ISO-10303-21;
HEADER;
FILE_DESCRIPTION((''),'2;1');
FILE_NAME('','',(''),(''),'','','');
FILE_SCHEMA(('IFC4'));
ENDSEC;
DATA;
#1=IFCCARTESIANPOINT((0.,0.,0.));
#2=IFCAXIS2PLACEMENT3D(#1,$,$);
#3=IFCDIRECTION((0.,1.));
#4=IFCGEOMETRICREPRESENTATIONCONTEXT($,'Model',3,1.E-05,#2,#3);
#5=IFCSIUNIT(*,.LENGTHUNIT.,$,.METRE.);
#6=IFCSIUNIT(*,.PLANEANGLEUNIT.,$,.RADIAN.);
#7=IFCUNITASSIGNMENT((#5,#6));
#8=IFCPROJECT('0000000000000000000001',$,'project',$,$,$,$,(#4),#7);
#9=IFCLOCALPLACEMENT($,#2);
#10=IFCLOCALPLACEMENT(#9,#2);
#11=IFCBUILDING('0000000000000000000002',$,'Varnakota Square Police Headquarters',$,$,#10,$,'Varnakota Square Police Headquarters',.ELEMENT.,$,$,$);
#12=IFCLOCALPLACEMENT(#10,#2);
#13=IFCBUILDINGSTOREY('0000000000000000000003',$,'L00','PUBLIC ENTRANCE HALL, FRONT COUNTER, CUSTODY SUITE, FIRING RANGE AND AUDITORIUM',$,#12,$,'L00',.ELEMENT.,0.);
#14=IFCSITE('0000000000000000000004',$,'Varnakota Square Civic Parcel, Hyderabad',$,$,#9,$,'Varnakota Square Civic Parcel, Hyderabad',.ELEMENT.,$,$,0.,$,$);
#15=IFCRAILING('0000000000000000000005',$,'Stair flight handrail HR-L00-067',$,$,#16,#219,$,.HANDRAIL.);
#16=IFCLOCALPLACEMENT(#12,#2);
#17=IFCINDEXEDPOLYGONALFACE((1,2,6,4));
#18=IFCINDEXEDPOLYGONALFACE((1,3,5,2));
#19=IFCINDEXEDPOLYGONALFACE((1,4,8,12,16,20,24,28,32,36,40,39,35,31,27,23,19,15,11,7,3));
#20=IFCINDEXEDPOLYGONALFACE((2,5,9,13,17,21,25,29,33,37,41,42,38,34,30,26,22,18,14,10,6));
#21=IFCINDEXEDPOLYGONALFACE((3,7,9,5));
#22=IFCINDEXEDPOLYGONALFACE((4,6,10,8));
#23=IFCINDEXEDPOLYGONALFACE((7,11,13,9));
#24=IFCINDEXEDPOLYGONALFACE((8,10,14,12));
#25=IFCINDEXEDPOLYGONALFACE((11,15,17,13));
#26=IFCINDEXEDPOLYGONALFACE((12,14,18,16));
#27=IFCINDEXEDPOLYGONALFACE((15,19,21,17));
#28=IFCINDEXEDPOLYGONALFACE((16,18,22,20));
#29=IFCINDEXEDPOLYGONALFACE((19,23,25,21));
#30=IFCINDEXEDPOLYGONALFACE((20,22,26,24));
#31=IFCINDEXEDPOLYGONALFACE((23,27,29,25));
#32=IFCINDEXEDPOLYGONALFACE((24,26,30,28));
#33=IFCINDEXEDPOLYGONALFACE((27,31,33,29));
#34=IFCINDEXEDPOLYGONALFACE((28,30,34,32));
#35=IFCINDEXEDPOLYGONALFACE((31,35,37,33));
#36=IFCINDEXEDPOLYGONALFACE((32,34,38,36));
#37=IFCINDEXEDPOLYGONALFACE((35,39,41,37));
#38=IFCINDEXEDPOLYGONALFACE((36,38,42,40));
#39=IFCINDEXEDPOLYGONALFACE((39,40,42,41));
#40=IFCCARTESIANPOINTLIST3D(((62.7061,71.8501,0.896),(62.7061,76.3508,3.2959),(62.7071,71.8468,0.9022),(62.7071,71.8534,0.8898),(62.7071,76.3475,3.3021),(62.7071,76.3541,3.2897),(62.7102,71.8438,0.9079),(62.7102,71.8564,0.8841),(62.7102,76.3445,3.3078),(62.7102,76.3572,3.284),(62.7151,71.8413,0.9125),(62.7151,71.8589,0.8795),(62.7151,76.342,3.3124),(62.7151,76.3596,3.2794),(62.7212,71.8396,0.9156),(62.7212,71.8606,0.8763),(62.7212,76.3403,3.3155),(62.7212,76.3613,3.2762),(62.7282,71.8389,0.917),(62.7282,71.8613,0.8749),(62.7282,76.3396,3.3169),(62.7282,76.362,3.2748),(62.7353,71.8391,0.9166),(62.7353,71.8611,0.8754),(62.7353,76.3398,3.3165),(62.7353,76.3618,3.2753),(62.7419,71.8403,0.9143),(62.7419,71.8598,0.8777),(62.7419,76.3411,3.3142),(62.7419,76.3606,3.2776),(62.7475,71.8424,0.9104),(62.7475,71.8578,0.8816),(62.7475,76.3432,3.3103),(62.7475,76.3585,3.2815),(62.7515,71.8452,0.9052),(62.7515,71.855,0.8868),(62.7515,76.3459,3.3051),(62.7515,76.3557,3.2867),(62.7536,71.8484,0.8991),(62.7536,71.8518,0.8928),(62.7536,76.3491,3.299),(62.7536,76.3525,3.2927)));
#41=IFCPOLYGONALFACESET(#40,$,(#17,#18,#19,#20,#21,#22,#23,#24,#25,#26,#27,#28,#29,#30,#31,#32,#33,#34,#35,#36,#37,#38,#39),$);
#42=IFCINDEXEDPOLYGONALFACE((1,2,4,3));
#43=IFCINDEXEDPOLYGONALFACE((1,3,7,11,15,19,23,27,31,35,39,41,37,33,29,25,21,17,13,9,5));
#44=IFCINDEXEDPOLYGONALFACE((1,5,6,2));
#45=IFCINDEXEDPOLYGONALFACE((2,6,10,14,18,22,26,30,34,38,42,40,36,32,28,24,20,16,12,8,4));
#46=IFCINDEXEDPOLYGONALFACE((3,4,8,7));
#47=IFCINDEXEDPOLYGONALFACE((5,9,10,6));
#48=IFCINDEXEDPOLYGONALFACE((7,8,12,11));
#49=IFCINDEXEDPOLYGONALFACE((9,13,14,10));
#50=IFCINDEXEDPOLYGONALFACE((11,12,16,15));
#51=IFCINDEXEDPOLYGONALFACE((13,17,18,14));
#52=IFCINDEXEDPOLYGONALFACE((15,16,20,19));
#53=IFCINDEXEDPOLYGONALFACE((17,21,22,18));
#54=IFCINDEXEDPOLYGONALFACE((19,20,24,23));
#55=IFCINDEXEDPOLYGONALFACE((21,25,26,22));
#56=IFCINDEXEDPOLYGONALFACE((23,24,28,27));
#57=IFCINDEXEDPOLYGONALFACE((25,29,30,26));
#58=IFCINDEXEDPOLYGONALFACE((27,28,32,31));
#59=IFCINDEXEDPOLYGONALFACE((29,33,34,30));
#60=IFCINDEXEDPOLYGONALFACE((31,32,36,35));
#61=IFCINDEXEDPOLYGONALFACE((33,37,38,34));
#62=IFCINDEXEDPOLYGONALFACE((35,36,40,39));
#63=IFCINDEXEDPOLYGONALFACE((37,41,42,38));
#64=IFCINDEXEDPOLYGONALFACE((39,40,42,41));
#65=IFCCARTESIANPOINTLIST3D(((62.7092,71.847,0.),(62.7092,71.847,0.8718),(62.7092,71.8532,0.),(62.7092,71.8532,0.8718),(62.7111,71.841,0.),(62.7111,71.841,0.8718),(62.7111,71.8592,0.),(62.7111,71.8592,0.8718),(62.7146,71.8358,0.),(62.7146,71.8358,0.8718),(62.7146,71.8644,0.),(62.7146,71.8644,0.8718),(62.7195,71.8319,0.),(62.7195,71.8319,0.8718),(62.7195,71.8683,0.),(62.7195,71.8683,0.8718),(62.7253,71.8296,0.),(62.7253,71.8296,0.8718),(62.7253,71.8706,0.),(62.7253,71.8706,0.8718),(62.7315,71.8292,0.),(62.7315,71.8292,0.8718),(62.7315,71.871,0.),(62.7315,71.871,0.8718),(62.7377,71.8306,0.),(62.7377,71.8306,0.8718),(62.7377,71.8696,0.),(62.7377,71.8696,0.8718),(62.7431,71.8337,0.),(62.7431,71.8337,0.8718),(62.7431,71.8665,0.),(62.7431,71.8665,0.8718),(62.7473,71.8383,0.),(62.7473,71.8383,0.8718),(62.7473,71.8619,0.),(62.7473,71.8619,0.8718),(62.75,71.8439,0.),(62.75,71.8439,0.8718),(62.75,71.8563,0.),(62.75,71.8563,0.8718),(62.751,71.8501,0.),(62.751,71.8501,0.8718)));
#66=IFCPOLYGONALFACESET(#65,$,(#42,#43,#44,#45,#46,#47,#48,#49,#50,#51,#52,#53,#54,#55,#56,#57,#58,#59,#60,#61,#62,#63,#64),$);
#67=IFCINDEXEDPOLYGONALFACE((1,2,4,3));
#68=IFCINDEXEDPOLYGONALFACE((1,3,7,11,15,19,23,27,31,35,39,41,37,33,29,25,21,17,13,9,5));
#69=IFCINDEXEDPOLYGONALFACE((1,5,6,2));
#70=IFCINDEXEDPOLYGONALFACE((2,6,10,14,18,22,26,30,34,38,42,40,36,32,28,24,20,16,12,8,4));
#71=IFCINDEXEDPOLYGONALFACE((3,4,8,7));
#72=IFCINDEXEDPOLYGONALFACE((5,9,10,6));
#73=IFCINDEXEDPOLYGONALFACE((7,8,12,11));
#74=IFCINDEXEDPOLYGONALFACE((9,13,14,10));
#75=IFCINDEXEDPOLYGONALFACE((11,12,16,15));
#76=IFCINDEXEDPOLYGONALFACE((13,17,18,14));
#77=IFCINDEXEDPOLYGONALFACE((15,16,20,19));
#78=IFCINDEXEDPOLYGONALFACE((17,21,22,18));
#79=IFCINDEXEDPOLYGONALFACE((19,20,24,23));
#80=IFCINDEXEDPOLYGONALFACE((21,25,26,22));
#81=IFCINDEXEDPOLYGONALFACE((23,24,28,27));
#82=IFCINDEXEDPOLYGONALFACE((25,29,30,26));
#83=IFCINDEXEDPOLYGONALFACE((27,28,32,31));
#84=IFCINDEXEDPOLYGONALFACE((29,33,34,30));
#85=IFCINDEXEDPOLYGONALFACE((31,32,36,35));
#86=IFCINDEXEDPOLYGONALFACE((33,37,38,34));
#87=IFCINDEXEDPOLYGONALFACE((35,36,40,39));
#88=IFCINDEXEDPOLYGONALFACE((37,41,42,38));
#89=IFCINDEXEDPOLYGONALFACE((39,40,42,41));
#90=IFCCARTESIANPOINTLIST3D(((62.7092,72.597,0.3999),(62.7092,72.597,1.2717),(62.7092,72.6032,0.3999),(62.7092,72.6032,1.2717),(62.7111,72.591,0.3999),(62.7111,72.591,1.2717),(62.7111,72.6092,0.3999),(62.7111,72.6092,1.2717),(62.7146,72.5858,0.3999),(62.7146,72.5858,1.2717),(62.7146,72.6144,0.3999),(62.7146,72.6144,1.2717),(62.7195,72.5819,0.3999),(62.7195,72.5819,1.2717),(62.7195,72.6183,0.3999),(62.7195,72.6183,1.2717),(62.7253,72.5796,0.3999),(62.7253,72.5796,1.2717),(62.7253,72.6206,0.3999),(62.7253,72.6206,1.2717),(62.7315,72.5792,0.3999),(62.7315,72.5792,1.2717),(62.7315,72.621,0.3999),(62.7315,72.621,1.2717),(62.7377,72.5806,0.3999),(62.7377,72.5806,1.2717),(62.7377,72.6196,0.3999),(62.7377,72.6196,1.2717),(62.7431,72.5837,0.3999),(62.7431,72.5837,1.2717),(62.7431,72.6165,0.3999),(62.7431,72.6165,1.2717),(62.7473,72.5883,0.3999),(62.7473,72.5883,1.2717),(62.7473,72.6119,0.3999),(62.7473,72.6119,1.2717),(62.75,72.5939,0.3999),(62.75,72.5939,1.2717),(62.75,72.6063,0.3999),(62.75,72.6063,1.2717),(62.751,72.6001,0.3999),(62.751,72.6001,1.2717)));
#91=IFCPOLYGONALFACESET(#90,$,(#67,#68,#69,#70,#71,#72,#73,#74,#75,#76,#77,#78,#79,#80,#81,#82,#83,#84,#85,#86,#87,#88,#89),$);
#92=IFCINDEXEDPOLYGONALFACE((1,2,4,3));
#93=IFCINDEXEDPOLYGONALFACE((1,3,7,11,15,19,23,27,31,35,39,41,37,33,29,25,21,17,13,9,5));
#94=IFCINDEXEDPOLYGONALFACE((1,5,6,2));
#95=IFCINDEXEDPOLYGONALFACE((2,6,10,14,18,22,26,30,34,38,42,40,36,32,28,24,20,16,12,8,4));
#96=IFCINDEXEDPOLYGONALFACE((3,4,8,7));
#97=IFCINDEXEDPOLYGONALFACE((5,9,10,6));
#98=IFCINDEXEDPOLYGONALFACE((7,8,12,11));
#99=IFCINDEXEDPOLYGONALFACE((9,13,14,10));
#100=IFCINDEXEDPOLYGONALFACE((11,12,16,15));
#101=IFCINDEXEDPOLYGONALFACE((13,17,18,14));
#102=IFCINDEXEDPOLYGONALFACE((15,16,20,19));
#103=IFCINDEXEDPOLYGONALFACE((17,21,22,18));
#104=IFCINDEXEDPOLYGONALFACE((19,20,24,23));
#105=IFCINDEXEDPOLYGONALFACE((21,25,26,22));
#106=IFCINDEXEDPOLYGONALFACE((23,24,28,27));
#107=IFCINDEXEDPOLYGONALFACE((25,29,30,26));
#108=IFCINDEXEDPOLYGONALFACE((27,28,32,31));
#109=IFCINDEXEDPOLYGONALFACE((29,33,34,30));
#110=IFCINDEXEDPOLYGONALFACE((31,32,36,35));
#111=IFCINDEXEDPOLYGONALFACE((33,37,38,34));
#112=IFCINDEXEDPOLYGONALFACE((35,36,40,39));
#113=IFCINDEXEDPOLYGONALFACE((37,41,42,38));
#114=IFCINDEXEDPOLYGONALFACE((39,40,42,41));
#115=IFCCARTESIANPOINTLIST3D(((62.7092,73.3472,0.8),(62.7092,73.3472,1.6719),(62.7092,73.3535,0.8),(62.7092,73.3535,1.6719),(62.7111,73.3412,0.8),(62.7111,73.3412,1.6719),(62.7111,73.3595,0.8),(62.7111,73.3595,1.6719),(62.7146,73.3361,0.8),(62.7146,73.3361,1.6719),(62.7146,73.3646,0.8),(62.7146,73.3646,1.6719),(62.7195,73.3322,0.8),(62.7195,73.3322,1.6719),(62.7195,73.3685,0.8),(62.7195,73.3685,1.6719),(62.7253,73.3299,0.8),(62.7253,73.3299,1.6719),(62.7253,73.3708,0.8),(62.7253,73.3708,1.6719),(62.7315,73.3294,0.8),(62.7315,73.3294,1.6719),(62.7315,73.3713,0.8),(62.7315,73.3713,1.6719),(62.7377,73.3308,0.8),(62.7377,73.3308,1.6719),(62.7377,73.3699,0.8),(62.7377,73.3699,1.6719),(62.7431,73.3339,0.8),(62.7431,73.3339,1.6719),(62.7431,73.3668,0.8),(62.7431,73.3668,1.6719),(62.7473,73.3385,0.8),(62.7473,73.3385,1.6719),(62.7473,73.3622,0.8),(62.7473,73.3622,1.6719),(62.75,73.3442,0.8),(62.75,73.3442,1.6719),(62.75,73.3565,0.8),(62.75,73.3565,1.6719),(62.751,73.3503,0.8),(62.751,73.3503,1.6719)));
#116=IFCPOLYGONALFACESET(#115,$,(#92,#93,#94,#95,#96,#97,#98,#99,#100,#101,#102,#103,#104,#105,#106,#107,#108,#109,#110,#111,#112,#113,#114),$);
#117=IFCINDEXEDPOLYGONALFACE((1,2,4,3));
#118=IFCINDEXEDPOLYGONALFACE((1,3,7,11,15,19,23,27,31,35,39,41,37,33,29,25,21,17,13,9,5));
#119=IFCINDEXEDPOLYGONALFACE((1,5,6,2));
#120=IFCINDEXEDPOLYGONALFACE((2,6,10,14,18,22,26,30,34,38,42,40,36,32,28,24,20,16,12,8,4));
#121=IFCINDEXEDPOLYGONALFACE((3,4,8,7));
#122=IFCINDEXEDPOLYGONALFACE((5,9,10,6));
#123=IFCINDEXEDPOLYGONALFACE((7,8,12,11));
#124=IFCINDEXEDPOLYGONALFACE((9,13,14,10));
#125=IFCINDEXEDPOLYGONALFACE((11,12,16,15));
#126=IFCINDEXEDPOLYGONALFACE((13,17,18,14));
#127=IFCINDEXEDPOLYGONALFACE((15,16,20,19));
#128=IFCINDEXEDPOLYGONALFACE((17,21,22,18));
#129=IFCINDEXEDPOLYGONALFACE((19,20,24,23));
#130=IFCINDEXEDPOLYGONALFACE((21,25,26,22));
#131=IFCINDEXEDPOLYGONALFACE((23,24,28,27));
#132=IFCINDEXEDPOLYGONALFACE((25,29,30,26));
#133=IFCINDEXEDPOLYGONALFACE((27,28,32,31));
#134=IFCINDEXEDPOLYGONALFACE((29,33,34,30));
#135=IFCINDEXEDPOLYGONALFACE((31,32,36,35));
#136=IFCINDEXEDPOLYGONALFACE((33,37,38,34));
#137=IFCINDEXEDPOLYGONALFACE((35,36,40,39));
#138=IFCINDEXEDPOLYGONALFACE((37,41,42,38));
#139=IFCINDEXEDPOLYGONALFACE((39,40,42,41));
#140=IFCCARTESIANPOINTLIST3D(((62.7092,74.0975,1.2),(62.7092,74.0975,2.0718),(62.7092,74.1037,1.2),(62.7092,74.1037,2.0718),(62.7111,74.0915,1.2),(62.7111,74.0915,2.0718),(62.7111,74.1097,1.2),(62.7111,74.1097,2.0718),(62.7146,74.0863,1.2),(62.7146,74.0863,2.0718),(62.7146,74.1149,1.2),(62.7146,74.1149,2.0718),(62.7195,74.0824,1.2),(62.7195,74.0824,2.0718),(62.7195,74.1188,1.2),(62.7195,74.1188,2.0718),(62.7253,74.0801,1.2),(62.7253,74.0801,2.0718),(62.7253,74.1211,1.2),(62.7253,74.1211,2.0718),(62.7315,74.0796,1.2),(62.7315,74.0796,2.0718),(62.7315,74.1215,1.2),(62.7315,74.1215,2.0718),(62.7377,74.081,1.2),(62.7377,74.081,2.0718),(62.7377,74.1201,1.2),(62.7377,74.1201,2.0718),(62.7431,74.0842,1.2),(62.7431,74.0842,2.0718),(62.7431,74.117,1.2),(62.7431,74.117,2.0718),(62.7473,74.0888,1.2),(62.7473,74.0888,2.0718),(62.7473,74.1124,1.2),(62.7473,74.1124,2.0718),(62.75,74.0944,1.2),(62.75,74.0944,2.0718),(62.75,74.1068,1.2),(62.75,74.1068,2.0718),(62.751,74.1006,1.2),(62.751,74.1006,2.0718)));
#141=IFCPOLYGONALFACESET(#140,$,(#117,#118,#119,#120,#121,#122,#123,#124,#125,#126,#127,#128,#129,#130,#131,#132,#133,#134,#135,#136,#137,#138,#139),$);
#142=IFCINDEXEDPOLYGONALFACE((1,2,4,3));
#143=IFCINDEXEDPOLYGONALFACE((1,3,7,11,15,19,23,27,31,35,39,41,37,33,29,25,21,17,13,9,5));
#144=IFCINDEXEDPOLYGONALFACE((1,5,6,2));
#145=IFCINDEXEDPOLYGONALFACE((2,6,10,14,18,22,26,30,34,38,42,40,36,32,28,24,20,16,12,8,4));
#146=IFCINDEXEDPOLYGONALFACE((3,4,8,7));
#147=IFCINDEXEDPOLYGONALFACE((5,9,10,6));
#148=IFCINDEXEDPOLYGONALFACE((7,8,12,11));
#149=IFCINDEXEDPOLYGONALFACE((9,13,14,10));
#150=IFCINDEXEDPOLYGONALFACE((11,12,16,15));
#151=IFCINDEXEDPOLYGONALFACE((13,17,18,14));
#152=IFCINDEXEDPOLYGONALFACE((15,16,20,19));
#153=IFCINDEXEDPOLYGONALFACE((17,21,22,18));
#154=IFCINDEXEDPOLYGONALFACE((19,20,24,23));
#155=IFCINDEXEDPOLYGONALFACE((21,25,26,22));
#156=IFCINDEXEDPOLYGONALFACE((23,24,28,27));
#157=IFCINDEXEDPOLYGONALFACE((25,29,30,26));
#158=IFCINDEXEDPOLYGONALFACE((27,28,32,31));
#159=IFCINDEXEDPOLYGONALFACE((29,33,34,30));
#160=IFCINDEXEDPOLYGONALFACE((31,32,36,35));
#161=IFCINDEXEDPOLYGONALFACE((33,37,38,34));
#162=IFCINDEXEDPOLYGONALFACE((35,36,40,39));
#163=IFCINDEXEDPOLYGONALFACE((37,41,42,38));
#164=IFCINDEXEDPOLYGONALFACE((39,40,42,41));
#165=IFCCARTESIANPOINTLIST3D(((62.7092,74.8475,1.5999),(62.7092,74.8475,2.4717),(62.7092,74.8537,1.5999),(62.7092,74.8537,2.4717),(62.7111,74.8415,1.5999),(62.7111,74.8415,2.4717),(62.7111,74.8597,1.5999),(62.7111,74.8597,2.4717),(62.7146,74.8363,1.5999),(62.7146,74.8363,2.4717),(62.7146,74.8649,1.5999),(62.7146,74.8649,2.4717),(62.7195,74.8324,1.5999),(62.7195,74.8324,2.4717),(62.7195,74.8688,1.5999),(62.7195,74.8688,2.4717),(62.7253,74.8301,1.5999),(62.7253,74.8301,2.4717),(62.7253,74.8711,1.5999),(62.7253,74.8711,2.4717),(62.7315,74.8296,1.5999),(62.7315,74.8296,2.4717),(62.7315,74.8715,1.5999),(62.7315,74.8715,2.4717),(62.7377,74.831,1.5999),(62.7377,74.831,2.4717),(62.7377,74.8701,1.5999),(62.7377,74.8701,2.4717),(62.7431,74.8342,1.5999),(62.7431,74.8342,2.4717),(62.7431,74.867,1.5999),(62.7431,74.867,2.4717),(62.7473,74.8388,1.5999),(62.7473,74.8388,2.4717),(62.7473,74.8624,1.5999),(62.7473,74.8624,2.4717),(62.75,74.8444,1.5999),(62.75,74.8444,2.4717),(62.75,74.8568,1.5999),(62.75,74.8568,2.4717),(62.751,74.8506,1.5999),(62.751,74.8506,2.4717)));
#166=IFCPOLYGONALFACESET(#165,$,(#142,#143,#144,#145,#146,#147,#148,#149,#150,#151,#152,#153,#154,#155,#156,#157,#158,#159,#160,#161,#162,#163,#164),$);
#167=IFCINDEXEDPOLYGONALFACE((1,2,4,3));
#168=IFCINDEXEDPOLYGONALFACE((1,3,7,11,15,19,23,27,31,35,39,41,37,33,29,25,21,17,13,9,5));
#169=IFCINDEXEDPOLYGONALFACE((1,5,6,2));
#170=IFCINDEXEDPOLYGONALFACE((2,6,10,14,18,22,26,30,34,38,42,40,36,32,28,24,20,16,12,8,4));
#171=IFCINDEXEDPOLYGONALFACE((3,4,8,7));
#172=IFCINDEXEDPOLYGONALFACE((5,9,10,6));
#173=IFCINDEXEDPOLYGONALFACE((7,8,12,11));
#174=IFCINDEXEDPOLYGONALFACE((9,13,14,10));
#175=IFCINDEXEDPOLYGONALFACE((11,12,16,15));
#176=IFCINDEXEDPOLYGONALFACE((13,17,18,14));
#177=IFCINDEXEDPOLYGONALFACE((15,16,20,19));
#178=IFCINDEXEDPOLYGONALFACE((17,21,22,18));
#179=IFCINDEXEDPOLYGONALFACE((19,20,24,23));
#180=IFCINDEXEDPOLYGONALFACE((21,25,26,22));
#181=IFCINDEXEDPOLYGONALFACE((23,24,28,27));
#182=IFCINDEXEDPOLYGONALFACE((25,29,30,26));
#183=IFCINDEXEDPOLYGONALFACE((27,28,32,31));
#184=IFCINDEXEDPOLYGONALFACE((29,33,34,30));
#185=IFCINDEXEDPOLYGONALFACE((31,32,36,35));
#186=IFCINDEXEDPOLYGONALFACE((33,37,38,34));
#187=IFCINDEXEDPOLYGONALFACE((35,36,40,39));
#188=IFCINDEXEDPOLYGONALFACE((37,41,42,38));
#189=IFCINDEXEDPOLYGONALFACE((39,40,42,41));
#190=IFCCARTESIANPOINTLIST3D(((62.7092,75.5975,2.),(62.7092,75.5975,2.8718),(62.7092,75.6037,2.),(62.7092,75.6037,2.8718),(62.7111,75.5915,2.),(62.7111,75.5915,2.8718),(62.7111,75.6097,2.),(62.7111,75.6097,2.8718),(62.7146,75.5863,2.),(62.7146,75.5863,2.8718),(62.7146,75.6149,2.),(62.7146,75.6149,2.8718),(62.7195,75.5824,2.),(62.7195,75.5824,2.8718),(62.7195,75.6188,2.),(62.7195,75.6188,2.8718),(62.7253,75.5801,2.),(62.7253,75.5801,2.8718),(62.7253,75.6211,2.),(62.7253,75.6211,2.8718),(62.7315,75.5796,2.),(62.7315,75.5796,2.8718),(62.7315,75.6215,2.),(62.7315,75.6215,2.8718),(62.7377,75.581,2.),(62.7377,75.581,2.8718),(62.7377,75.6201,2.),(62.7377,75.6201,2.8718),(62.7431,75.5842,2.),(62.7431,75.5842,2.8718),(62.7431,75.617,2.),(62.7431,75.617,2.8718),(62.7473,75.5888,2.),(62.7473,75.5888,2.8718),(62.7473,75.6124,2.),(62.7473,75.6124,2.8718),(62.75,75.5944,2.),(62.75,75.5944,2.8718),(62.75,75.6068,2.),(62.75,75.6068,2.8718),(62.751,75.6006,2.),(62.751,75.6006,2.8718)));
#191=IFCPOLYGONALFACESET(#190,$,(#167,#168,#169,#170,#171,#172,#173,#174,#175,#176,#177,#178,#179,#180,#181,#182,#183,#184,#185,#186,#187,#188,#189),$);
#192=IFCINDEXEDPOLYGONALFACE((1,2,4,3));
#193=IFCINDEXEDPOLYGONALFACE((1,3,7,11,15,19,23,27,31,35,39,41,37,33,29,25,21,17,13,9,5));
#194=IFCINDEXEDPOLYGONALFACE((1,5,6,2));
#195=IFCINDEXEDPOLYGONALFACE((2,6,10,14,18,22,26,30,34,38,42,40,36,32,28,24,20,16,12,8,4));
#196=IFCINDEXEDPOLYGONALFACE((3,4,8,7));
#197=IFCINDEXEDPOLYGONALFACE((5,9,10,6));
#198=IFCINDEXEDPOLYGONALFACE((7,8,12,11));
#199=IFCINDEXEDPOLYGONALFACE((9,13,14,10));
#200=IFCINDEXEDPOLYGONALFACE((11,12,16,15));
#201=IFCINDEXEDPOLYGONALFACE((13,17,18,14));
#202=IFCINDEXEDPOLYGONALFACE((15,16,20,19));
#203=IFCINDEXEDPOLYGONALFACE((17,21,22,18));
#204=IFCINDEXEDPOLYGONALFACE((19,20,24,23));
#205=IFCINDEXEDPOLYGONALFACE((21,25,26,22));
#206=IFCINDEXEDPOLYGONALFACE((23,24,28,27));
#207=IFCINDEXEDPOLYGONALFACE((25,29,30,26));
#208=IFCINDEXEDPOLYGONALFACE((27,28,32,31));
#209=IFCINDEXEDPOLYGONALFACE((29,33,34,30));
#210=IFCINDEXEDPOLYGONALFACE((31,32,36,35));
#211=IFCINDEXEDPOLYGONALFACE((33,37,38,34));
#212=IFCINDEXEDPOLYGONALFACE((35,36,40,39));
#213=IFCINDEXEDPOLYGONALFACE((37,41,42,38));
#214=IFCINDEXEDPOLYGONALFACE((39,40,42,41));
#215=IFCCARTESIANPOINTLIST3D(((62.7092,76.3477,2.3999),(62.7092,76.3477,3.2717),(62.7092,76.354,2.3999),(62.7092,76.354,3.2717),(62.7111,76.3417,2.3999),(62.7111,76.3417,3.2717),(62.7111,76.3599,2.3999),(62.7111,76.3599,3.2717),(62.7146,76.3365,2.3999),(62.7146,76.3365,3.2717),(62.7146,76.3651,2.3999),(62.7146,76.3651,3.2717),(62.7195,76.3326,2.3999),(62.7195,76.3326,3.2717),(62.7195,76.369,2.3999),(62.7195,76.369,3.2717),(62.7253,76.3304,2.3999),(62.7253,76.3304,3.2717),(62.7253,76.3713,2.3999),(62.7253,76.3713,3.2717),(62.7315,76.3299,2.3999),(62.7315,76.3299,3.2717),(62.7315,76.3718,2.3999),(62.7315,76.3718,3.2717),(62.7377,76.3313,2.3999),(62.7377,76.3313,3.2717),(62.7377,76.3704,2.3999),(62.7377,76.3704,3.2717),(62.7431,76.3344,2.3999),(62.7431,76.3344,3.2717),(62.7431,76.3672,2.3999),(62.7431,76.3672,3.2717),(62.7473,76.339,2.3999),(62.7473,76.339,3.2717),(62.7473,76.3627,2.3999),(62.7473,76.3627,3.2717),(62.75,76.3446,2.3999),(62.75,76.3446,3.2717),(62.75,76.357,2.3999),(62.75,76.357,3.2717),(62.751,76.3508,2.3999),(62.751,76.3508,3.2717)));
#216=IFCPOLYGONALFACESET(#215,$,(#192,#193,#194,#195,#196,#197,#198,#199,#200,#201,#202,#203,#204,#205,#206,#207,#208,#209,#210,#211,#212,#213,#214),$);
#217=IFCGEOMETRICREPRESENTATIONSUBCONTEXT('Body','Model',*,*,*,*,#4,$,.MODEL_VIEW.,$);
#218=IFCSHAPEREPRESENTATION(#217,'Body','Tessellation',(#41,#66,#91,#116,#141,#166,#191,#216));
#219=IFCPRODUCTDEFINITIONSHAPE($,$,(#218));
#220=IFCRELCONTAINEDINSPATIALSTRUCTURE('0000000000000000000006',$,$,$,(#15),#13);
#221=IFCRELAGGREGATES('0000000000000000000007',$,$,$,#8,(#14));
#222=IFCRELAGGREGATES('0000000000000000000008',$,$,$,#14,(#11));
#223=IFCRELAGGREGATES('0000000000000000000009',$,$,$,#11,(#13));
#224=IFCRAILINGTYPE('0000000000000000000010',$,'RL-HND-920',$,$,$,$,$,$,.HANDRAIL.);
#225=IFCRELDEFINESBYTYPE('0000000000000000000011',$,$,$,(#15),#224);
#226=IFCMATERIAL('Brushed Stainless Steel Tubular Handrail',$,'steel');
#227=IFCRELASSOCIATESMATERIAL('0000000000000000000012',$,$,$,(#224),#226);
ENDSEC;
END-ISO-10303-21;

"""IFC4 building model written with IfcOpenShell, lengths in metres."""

from ifc_helpers import new_model, si_unit, direction, frame, origin, origin_2d, place, context, subcontext, project, spatial, circle, extrude, material, type_object, element, save


model = new_model("IFC4")

# Units and contexts
model_context = context("Model", 3, precision=1e-05, world=origin(), true_north=direction((0.0, 1.0)))
body_context = subcontext(model_context, "Body", "Model", "MODEL_VIEW")
ifc_project = project(units=[si_unit("LENGTHUNIT", "METRE"), si_unit("PLANEANGLEUNIT", "RADIAN")], contexts=[model_context])

# Site, building, storey
site_placement = place(None, origin())
site = spatial("IfcSite", under=ifc_project, at=site_placement, Name="Varnakota Square Civic Parcel, Hyderabad", LongName="Varnakota Square Civic Parcel, Hyderabad", CompositionType="ELEMENT", RefElevation=0.0)
building_placement = place(site_placement, origin())
building = spatial("IfcBuilding", under=site, at=building_placement, Name="Varnakota Square Police Headquarters", LongName="Varnakota Square Police Headquarters", CompositionType="ELEMENT")
storey_placement = place(building_placement, origin())
storey = spatial("IfcBuildingStorey", under=building, at=storey_placement, Name="L00", Description="PUBLIC ENTRANCE HALL, FRONT COUNTER, CUSTODY SUITE, FIRING RANGE AND AUDITORIUM", LongName="L00", CompositionType="ELEMENT", Elevation=0.0)

# Railing
ifc_material_1 = material(Name="Brushed Stainless Steel Tubular Handrail", Category="steel")
railing_type_1 = type_object("IfcRailingType", Name="RL-HND-920", PredefinedType="HANDRAIL", material=ifc_material_1)
railing_1_placement = place(storey_placement, frame((62.73, 71.8501, 0.0)))
element("IfcRailing", 1, at=railing_1_placement, inside=storey, type_object=railing_type_1, Name="Stair flight handrail HR-L00-067", PredefinedType="HANDRAIL", context=body_context, shape_type="SweptSolid", body=[
    extrude(circle(Radius=0.0239, at=origin_2d()), frame((0.0, 0.0, 0.896), z_axis=(0.0, 0.882393, 0.470514), x_axis=(-1.0, 0.0, 0.0)), (0.0, 0.0, 1.0), 5.1006),
    extrude(circle(Radius=0.021, at=origin_2d()), origin(), (0.0, 0.0, 1.0), 0.8718),
    extrude(circle(Radius=0.021, at=origin_2d()), frame((0.0, 0.75, 0.3999)), (0.0, 0.0, 1.0), 0.8718),
    extrude(circle(Radius=0.021, at=origin_2d()), frame((0.0, 1.5002, 0.8)), (0.0, 0.0, 1.0), 0.8718),
    extrude(circle(Radius=0.021, at=origin_2d()), frame((0.0, 2.2505, 1.2)), (0.0, 0.0, 1.0), 0.8718),
    extrude(circle(Radius=0.021, at=origin_2d()), frame((0.0, 3.0005, 1.5999)), (0.0, 0.0, 1.0), 0.8718),
    extrude(circle(Radius=0.021, at=origin_2d()), frame((0.0, 3.7505, 2.0)), (0.0, 0.0, 1.0), 0.8718),
    extrude(circle(Radius=0.021, at=origin_2d()), frame((0.0, 4.5007, 2.3999)), (0.0, 0.0, 1.0), 0.8718),
])

save(model, "model.ifc")
